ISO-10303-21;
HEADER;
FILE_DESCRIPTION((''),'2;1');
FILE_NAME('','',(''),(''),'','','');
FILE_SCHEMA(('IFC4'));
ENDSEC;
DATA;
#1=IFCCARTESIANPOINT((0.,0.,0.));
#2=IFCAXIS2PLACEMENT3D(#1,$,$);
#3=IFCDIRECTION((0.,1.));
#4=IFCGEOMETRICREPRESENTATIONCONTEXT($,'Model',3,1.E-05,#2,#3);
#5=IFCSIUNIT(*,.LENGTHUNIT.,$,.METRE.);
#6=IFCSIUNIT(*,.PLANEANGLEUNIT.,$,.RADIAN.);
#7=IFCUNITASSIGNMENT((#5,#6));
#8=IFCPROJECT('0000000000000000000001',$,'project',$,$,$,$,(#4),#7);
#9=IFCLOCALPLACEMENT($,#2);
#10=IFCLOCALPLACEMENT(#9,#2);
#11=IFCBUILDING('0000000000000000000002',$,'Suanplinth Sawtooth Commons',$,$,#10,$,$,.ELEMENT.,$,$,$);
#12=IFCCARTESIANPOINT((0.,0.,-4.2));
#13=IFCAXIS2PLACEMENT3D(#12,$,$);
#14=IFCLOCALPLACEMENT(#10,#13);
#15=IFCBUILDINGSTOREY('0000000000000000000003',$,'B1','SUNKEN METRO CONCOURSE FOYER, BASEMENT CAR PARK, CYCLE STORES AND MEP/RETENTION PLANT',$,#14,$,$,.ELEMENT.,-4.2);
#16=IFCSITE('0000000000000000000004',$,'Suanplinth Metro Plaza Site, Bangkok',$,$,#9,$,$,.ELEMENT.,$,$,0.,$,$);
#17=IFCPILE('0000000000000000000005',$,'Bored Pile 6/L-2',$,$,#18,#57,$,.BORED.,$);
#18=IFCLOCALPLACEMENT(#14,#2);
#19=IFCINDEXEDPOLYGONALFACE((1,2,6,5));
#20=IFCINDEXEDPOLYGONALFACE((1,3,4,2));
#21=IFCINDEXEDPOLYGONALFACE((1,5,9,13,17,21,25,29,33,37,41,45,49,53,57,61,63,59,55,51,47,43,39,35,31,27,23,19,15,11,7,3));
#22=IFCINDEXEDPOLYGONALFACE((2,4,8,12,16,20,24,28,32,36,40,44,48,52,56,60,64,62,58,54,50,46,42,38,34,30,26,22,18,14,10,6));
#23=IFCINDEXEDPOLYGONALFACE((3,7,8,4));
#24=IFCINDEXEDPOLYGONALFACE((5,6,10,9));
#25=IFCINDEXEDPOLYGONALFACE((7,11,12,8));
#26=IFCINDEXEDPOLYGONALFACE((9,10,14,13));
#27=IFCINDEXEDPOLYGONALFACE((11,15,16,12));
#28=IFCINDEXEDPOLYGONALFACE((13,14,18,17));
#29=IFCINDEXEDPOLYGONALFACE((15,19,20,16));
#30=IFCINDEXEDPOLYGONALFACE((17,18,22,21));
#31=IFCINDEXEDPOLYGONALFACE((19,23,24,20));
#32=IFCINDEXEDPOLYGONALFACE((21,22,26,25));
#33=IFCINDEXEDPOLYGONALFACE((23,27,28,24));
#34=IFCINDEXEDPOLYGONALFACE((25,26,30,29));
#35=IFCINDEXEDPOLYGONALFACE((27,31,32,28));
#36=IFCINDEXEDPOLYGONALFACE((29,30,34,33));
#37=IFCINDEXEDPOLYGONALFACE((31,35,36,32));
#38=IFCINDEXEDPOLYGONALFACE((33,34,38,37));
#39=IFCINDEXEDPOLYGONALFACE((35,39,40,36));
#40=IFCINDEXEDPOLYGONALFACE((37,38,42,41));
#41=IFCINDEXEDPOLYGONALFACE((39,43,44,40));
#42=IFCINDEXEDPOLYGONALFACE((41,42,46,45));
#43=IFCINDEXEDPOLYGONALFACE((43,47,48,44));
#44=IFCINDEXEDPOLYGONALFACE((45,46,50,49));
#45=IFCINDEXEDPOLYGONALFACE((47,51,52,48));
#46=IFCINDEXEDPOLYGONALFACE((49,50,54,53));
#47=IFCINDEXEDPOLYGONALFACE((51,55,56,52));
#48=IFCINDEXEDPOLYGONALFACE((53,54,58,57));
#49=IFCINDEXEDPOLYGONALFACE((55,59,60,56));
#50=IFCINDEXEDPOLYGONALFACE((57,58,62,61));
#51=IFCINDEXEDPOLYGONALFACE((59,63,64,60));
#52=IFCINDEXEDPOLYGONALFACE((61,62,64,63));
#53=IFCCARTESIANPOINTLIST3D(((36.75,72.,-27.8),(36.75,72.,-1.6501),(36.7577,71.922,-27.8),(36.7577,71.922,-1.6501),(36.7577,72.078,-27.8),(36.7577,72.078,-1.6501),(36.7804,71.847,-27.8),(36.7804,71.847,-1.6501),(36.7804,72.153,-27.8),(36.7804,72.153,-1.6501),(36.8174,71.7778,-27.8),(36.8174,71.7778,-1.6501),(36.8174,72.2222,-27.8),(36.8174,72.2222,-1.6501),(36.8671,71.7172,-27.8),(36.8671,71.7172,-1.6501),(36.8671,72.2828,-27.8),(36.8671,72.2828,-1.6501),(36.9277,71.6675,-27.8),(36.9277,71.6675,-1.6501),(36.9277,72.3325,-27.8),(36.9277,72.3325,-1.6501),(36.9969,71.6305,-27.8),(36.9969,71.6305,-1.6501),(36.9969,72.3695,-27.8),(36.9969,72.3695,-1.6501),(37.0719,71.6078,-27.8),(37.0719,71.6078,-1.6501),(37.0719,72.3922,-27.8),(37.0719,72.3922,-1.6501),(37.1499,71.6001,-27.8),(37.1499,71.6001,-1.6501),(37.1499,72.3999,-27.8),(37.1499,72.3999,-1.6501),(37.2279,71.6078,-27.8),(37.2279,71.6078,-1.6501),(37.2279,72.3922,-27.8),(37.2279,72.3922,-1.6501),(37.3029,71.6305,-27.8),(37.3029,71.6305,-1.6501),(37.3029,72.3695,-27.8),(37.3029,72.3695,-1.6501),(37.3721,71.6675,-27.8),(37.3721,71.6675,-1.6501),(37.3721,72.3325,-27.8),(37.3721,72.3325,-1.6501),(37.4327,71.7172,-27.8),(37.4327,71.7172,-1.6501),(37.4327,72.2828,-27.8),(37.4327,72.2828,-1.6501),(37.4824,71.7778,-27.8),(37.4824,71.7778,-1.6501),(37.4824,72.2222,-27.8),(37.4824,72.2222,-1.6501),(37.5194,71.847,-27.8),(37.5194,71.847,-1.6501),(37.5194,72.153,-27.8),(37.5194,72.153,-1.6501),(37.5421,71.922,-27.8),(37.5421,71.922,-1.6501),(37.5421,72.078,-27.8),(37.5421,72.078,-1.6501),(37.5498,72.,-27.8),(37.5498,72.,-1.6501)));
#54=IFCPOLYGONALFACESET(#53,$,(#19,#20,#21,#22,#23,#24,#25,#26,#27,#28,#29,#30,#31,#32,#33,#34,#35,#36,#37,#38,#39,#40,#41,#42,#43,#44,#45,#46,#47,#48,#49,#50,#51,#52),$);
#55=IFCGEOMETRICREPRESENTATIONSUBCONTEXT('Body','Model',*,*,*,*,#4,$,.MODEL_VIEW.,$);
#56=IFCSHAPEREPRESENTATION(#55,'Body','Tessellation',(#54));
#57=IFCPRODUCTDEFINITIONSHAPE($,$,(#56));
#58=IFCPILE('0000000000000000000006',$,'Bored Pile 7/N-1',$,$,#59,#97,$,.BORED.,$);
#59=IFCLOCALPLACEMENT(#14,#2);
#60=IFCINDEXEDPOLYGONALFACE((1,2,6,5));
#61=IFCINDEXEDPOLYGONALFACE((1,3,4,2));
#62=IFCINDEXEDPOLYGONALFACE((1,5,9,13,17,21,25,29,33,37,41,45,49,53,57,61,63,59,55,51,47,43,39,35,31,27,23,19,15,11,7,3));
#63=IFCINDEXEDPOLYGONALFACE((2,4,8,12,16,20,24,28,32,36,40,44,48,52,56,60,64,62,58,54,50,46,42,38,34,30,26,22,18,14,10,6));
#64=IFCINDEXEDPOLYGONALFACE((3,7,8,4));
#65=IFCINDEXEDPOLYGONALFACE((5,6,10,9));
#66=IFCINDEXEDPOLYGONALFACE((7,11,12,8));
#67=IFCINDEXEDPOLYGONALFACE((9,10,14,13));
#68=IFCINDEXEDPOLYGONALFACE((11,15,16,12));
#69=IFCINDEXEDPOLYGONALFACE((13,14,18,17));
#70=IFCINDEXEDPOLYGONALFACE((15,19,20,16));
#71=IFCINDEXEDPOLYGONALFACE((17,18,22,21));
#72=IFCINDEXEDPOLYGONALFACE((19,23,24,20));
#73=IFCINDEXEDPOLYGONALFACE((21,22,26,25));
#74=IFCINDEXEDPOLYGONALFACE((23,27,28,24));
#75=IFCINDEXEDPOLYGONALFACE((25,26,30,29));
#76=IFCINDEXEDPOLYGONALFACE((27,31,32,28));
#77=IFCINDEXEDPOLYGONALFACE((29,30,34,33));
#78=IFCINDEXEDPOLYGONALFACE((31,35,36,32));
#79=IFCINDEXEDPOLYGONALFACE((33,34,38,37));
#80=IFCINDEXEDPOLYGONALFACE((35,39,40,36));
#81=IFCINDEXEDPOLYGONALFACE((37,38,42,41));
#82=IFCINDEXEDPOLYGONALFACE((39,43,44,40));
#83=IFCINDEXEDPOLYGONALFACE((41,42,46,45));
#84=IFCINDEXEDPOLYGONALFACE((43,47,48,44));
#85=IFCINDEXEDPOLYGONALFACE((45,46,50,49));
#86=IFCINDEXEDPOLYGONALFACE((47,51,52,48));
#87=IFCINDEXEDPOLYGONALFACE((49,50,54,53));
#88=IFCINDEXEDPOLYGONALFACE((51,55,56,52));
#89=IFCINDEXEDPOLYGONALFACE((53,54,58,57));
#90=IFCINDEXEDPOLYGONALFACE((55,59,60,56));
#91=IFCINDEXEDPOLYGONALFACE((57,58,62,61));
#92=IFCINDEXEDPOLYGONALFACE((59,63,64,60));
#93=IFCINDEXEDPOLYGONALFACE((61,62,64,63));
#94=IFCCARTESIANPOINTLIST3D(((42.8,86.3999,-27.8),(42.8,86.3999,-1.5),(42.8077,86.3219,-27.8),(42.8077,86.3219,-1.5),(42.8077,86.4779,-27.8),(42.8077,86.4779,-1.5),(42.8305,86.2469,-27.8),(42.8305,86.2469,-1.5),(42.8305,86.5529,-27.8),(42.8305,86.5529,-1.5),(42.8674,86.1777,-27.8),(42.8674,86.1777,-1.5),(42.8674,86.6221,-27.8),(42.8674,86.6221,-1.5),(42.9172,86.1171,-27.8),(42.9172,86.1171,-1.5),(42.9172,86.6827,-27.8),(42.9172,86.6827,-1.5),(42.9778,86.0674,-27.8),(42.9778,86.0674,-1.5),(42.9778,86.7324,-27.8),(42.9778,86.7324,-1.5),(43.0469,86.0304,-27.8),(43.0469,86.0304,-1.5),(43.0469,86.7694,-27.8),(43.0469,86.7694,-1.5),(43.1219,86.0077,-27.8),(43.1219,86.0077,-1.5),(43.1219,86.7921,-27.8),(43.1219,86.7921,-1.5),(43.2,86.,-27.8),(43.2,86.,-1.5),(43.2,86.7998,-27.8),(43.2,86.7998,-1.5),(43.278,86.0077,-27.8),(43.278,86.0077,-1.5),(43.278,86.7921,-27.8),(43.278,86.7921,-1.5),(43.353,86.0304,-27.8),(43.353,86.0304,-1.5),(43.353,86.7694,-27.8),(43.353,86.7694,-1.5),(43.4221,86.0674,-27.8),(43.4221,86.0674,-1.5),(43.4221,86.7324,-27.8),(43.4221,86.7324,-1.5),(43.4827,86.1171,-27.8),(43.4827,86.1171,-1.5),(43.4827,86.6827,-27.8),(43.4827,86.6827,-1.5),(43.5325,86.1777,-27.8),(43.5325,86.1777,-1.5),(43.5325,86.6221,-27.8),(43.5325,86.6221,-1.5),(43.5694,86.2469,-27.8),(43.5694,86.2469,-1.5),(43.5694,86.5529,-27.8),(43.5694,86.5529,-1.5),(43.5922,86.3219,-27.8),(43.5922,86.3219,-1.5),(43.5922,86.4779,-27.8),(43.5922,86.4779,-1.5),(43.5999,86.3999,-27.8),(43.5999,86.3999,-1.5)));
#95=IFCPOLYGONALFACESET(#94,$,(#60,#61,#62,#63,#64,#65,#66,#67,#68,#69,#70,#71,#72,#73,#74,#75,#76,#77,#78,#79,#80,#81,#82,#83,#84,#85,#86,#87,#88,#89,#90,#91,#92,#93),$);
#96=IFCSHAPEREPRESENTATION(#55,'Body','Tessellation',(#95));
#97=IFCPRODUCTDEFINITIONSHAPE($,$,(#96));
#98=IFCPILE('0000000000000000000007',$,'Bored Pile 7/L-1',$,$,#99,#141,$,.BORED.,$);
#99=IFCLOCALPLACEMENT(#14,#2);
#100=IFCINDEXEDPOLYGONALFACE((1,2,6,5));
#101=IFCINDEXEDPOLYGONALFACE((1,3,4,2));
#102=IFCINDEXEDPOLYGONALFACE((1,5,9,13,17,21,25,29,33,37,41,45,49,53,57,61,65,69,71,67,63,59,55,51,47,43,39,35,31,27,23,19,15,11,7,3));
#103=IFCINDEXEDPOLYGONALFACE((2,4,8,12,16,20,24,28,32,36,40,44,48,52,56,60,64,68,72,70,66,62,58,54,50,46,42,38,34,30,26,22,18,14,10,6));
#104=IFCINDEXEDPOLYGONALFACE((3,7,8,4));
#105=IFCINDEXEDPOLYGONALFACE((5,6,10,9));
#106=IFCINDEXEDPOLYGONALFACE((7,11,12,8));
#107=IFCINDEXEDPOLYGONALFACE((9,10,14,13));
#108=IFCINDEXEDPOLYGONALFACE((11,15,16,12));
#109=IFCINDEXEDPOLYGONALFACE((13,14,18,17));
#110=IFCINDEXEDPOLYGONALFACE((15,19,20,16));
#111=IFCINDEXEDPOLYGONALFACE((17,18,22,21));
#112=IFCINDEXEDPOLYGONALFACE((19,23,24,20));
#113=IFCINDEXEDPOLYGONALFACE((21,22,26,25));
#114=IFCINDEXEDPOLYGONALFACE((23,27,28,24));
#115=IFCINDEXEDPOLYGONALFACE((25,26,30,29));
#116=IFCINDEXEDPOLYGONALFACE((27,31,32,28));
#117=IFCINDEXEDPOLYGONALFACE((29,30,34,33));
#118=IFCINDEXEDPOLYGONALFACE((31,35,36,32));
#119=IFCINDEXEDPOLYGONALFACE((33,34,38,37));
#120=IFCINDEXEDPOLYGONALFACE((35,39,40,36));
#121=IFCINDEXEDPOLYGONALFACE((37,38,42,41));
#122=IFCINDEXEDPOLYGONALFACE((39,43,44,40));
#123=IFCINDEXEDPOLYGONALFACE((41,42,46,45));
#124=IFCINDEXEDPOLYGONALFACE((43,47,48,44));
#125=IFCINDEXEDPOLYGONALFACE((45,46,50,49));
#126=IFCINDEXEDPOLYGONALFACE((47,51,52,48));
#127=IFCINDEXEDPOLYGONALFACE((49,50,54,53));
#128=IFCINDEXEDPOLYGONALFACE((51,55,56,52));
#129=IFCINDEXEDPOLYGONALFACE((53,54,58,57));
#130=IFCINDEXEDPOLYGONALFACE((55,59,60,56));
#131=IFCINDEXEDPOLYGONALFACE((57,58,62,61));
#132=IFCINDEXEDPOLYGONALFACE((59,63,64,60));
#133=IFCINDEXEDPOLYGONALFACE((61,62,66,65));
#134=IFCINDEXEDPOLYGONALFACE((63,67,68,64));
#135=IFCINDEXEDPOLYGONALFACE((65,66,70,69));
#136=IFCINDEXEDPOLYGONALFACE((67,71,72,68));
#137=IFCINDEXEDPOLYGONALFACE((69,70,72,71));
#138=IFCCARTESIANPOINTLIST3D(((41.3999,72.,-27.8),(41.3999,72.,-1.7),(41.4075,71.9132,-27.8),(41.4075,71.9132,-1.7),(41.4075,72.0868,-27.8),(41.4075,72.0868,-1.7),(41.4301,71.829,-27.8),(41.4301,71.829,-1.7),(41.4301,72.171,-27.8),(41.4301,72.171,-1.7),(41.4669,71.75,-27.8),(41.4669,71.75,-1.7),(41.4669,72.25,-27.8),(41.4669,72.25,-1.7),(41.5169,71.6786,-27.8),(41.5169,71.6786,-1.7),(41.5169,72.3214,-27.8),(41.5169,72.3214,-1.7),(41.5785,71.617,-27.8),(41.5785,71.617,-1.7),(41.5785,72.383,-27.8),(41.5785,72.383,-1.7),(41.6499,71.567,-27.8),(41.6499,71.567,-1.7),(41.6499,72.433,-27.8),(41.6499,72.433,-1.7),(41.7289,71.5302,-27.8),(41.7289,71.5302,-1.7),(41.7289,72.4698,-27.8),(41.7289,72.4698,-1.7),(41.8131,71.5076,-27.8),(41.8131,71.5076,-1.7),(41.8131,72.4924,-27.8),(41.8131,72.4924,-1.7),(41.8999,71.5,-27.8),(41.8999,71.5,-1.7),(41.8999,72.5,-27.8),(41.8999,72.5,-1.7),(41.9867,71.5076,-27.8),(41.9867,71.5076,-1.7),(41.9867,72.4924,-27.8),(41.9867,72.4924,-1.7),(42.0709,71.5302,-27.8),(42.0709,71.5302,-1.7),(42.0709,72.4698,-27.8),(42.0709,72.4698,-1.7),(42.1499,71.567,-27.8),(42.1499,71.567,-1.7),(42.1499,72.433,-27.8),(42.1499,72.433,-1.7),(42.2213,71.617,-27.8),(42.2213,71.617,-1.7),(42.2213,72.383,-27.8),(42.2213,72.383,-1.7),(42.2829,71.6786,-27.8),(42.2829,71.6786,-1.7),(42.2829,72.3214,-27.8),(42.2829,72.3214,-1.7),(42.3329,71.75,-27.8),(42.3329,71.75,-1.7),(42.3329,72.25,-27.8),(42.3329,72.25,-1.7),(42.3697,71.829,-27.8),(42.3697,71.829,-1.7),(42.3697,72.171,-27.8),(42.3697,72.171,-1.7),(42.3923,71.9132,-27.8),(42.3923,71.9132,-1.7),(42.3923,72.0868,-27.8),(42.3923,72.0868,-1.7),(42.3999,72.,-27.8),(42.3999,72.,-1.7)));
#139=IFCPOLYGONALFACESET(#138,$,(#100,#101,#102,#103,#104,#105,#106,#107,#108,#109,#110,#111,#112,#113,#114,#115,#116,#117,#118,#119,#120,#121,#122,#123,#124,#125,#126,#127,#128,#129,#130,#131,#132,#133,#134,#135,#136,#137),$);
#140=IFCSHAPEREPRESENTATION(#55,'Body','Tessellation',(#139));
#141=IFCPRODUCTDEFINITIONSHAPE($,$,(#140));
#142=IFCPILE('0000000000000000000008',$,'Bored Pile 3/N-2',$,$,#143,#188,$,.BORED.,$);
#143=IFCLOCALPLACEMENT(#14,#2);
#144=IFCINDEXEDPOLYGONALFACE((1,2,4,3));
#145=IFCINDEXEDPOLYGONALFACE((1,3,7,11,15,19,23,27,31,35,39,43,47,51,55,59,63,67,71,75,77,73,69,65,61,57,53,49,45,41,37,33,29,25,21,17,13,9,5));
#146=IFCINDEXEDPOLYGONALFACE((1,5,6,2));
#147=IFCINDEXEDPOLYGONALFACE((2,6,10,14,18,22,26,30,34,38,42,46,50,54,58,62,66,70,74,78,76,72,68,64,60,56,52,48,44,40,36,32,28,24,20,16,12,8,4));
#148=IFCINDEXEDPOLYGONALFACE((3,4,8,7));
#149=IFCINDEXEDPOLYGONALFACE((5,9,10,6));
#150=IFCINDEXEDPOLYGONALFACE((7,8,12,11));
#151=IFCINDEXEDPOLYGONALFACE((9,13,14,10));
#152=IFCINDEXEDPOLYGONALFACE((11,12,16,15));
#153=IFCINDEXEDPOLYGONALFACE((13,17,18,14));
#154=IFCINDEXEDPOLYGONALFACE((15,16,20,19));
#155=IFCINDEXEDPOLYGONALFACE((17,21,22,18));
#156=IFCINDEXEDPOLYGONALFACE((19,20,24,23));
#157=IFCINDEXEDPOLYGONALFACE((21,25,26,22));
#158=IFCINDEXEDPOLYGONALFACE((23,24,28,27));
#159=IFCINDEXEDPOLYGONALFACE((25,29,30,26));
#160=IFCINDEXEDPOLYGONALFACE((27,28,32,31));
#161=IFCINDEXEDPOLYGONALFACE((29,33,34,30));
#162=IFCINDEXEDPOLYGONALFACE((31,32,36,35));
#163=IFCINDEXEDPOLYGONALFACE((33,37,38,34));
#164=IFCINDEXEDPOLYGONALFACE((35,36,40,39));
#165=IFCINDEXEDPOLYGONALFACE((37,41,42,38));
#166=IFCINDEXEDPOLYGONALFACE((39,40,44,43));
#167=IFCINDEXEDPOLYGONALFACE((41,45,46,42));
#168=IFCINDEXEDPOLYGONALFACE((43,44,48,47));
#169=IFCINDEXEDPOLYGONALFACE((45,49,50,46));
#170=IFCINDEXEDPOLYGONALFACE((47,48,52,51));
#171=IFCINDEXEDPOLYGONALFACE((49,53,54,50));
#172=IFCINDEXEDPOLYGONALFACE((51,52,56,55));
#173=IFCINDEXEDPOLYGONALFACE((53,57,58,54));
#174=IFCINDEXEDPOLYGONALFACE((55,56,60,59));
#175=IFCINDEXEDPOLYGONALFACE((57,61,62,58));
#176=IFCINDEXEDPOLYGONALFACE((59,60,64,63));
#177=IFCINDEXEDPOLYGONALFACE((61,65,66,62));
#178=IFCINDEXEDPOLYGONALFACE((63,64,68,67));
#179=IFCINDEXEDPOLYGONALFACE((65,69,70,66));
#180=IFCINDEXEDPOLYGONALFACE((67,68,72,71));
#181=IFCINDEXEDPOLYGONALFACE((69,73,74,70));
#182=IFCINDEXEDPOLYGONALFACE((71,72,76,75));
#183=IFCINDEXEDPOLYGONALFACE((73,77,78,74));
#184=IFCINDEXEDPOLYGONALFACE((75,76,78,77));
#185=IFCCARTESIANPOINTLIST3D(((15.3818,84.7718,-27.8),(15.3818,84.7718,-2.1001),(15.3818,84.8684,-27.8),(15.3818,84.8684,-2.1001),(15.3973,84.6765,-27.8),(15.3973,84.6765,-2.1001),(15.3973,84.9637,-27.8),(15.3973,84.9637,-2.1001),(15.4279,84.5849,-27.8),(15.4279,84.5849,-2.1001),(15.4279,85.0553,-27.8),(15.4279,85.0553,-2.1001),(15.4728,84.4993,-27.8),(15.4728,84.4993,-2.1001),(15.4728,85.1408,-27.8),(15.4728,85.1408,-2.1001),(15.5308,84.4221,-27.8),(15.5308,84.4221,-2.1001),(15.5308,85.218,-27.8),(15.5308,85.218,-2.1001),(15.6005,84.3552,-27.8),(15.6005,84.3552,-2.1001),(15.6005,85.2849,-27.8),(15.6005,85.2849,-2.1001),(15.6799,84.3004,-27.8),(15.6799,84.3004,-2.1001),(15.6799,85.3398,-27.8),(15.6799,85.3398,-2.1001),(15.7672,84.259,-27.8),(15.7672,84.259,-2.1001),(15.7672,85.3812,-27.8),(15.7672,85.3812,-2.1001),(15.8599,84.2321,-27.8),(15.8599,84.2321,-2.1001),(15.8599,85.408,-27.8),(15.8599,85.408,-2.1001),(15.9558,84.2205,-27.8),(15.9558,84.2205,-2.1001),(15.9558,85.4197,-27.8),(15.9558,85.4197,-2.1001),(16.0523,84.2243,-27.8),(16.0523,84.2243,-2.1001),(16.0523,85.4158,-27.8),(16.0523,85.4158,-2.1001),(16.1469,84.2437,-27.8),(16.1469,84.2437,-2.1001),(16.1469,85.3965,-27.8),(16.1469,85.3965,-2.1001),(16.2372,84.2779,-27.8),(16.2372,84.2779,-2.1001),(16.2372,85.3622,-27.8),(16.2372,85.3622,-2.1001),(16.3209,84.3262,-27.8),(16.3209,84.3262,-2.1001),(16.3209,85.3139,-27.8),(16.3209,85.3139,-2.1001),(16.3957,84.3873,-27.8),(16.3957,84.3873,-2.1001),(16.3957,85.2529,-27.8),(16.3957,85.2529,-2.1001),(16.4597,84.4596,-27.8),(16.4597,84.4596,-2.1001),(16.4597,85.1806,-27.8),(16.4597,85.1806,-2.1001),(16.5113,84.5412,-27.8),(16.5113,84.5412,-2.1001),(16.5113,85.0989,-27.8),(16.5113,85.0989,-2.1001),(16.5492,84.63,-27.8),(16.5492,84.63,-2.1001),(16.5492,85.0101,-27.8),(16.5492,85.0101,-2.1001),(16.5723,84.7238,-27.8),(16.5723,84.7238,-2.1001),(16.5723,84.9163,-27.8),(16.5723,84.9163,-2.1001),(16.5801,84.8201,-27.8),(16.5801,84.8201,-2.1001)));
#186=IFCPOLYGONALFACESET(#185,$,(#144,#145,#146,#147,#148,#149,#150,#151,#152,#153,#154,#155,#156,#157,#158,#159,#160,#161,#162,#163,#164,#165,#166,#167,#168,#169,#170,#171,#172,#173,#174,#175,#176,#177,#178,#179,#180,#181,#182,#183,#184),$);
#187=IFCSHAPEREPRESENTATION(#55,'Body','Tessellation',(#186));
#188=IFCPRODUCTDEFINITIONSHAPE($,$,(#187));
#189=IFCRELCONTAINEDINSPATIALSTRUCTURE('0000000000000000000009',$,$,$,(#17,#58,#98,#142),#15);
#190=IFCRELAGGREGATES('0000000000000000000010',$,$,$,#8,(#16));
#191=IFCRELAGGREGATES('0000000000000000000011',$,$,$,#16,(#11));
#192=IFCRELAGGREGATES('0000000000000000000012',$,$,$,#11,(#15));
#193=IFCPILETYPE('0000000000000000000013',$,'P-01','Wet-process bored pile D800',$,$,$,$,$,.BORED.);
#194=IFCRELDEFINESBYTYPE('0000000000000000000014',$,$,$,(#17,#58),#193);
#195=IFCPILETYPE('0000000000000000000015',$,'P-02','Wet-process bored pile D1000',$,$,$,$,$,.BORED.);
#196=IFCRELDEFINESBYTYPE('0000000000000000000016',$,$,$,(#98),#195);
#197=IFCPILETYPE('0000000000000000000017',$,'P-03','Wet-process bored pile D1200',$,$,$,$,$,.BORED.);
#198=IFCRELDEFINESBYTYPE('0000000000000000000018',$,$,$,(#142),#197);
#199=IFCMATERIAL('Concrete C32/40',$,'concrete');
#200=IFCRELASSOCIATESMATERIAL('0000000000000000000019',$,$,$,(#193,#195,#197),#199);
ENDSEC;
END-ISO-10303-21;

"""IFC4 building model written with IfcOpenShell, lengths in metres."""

from ifc_helpers import new_model, si_unit, direction, frame, origin, origin_2d, place, context, subcontext, project, spatial, circle, extrude, material, material_profile, profile_set, type_object, element, save


model = new_model("IFC4")

# Units and contexts
model_context = context("Model", 3, precision=1e-05, world=origin(), true_north=direction((0.0, 1.0)))
body_context = subcontext(model_context, "Body", "Model", "MODEL_VIEW")
ifc_project = project(units=[si_unit("LENGTHUNIT", "METRE"), si_unit("PLANEANGLEUNIT", "RADIAN")], contexts=[model_context])

# Site, building, storey
site_placement = place(None, origin())
site = spatial("IfcSite", under=ifc_project, at=site_placement, Name="Suanplinth Metro Plaza Site, Bangkok", CompositionType="ELEMENT", RefElevation=0.0)
building_placement = place(site_placement, origin())
building = spatial("IfcBuilding", under=site, at=building_placement, Name="Suanplinth Sawtooth Commons", CompositionType="ELEMENT")
storey_placement = place(building_placement, frame((0.0, 0.0, -4.2)))
storey = spatial("IfcBuildingStorey", under=building, at=storey_placement, Name="B1", Description="SUNKEN METRO CONCOURSE FOYER, BASEMENT CAR PARK, CYCLE STORES AND MEP/RETENTION PLANT", CompositionType="ELEMENT", Elevation=-4.2)

# Piles
ifc_material_1 = material(Name="Concrete C32/40", Category="concrete")
ifc_material_profile_1 = material_profile(ifc_material_1, circle(Radius=0.3999, at=origin_2d()), Name="PILE D800")
ifc_profile_set_1 = profile_set([ifc_material_profile_1], Name="Concrete C32/40")
pile_type_1 = type_object("IfcPileType", Name="P-01", Description="Wet-process bored pile D800", PredefinedType="BORED", material=ifc_profile_set_1)
for number, where, z_axis, x_axis, name in (
    (1, (37.1499, 72.0, -1.6501), (0.0, 0.0, -1.0), (1.0, 0.0, 0.0), "Bored Pile 6/L-2"),
):
    element("IfcPile", number, at=place(storey_placement, frame(where, z_axis=z_axis, x_axis=x_axis)), inside=storey, type_object=pile_type_1, Name=name, PredefinedType="BORED", context=body_context, shape_type="SweptSolid", body=[
        extrude(circle(Radius=0.3999, at=origin_2d()), origin(), (0.0, 0.0, 1.0), 26.1499),
    ])
pile_1_placement = place(storey_placement, frame((43.2, 86.3999, -1.5), z_axis=(0.0, 0.0, -1.0), x_axis=(1.0, 0.0, 0.0)))
element("IfcPile", 2, at=pile_1_placement, inside=storey, type_object=pile_type_1, Name="Bored Pile 7/N-1", PredefinedType="BORED", context=body_context, shape_type="SweptSolid", body=[
    extrude(circle(Radius=0.3999, at=origin_2d()), origin(), (0.0, 0.0, 1.0), 26.3),
])
ifc_material_profile_2 = material_profile(ifc_material_1, circle(Radius=0.5, at=origin_2d()), Name="PILE D1000")
ifc_profile_set_2 = profile_set([ifc_material_profile_2], Name="Concrete C32/40")
pile_type_2 = type_object("IfcPileType", Name="P-02", Description="Wet-process bored pile D1000", PredefinedType="BORED", material=ifc_profile_set_2)
pile_2_placement = place(storey_placement, frame((41.8999, 72.0, -1.7), z_axis=(0.0, 0.0, -1.0), x_axis=(1.0, 0.0, 0.0)))
element("IfcPile", 3, at=pile_2_placement, inside=storey, type_object=pile_type_2, Name="Bored Pile 7/L-1", PredefinedType="BORED", context=body_context, shape_type="SweptSolid", body=[
    extrude(circle(Radius=0.5, at=origin_2d()), origin(), (0.0, 0.0, 1.0), 26.1001),
])
ifc_material_profile_3 = material_profile(ifc_material_1, circle(Radius=0.6001, at=origin_2d()), Name="PILE D1200")
ifc_profile_set_3 = profile_set([ifc_material_profile_3], Name="Concrete C32/40")
pile_type_3 = type_object("IfcPileType", Name="P-03", Description="Wet-process bored pile D1200", PredefinedType="BORED", material=ifc_profile_set_3)
pile_3_placement = place(storey_placement, frame((15.98, 84.8201, -2.1001), z_axis=(0.0, 0.0, -1.0), x_axis=(1.0, 0.0, 0.0)))
element("IfcPile", 4, at=pile_3_placement, inside=storey, type_object=pile_type_3, Name="Bored Pile 3/N-2", PredefinedType="BORED", context=body_context, shape_type="SweptSolid", body=[
    extrude(circle(Radius=0.6001, at=origin_2d()), origin(), (0.0, 0.0, 1.0), 25.7),
])

save(model, "model.ifc")
